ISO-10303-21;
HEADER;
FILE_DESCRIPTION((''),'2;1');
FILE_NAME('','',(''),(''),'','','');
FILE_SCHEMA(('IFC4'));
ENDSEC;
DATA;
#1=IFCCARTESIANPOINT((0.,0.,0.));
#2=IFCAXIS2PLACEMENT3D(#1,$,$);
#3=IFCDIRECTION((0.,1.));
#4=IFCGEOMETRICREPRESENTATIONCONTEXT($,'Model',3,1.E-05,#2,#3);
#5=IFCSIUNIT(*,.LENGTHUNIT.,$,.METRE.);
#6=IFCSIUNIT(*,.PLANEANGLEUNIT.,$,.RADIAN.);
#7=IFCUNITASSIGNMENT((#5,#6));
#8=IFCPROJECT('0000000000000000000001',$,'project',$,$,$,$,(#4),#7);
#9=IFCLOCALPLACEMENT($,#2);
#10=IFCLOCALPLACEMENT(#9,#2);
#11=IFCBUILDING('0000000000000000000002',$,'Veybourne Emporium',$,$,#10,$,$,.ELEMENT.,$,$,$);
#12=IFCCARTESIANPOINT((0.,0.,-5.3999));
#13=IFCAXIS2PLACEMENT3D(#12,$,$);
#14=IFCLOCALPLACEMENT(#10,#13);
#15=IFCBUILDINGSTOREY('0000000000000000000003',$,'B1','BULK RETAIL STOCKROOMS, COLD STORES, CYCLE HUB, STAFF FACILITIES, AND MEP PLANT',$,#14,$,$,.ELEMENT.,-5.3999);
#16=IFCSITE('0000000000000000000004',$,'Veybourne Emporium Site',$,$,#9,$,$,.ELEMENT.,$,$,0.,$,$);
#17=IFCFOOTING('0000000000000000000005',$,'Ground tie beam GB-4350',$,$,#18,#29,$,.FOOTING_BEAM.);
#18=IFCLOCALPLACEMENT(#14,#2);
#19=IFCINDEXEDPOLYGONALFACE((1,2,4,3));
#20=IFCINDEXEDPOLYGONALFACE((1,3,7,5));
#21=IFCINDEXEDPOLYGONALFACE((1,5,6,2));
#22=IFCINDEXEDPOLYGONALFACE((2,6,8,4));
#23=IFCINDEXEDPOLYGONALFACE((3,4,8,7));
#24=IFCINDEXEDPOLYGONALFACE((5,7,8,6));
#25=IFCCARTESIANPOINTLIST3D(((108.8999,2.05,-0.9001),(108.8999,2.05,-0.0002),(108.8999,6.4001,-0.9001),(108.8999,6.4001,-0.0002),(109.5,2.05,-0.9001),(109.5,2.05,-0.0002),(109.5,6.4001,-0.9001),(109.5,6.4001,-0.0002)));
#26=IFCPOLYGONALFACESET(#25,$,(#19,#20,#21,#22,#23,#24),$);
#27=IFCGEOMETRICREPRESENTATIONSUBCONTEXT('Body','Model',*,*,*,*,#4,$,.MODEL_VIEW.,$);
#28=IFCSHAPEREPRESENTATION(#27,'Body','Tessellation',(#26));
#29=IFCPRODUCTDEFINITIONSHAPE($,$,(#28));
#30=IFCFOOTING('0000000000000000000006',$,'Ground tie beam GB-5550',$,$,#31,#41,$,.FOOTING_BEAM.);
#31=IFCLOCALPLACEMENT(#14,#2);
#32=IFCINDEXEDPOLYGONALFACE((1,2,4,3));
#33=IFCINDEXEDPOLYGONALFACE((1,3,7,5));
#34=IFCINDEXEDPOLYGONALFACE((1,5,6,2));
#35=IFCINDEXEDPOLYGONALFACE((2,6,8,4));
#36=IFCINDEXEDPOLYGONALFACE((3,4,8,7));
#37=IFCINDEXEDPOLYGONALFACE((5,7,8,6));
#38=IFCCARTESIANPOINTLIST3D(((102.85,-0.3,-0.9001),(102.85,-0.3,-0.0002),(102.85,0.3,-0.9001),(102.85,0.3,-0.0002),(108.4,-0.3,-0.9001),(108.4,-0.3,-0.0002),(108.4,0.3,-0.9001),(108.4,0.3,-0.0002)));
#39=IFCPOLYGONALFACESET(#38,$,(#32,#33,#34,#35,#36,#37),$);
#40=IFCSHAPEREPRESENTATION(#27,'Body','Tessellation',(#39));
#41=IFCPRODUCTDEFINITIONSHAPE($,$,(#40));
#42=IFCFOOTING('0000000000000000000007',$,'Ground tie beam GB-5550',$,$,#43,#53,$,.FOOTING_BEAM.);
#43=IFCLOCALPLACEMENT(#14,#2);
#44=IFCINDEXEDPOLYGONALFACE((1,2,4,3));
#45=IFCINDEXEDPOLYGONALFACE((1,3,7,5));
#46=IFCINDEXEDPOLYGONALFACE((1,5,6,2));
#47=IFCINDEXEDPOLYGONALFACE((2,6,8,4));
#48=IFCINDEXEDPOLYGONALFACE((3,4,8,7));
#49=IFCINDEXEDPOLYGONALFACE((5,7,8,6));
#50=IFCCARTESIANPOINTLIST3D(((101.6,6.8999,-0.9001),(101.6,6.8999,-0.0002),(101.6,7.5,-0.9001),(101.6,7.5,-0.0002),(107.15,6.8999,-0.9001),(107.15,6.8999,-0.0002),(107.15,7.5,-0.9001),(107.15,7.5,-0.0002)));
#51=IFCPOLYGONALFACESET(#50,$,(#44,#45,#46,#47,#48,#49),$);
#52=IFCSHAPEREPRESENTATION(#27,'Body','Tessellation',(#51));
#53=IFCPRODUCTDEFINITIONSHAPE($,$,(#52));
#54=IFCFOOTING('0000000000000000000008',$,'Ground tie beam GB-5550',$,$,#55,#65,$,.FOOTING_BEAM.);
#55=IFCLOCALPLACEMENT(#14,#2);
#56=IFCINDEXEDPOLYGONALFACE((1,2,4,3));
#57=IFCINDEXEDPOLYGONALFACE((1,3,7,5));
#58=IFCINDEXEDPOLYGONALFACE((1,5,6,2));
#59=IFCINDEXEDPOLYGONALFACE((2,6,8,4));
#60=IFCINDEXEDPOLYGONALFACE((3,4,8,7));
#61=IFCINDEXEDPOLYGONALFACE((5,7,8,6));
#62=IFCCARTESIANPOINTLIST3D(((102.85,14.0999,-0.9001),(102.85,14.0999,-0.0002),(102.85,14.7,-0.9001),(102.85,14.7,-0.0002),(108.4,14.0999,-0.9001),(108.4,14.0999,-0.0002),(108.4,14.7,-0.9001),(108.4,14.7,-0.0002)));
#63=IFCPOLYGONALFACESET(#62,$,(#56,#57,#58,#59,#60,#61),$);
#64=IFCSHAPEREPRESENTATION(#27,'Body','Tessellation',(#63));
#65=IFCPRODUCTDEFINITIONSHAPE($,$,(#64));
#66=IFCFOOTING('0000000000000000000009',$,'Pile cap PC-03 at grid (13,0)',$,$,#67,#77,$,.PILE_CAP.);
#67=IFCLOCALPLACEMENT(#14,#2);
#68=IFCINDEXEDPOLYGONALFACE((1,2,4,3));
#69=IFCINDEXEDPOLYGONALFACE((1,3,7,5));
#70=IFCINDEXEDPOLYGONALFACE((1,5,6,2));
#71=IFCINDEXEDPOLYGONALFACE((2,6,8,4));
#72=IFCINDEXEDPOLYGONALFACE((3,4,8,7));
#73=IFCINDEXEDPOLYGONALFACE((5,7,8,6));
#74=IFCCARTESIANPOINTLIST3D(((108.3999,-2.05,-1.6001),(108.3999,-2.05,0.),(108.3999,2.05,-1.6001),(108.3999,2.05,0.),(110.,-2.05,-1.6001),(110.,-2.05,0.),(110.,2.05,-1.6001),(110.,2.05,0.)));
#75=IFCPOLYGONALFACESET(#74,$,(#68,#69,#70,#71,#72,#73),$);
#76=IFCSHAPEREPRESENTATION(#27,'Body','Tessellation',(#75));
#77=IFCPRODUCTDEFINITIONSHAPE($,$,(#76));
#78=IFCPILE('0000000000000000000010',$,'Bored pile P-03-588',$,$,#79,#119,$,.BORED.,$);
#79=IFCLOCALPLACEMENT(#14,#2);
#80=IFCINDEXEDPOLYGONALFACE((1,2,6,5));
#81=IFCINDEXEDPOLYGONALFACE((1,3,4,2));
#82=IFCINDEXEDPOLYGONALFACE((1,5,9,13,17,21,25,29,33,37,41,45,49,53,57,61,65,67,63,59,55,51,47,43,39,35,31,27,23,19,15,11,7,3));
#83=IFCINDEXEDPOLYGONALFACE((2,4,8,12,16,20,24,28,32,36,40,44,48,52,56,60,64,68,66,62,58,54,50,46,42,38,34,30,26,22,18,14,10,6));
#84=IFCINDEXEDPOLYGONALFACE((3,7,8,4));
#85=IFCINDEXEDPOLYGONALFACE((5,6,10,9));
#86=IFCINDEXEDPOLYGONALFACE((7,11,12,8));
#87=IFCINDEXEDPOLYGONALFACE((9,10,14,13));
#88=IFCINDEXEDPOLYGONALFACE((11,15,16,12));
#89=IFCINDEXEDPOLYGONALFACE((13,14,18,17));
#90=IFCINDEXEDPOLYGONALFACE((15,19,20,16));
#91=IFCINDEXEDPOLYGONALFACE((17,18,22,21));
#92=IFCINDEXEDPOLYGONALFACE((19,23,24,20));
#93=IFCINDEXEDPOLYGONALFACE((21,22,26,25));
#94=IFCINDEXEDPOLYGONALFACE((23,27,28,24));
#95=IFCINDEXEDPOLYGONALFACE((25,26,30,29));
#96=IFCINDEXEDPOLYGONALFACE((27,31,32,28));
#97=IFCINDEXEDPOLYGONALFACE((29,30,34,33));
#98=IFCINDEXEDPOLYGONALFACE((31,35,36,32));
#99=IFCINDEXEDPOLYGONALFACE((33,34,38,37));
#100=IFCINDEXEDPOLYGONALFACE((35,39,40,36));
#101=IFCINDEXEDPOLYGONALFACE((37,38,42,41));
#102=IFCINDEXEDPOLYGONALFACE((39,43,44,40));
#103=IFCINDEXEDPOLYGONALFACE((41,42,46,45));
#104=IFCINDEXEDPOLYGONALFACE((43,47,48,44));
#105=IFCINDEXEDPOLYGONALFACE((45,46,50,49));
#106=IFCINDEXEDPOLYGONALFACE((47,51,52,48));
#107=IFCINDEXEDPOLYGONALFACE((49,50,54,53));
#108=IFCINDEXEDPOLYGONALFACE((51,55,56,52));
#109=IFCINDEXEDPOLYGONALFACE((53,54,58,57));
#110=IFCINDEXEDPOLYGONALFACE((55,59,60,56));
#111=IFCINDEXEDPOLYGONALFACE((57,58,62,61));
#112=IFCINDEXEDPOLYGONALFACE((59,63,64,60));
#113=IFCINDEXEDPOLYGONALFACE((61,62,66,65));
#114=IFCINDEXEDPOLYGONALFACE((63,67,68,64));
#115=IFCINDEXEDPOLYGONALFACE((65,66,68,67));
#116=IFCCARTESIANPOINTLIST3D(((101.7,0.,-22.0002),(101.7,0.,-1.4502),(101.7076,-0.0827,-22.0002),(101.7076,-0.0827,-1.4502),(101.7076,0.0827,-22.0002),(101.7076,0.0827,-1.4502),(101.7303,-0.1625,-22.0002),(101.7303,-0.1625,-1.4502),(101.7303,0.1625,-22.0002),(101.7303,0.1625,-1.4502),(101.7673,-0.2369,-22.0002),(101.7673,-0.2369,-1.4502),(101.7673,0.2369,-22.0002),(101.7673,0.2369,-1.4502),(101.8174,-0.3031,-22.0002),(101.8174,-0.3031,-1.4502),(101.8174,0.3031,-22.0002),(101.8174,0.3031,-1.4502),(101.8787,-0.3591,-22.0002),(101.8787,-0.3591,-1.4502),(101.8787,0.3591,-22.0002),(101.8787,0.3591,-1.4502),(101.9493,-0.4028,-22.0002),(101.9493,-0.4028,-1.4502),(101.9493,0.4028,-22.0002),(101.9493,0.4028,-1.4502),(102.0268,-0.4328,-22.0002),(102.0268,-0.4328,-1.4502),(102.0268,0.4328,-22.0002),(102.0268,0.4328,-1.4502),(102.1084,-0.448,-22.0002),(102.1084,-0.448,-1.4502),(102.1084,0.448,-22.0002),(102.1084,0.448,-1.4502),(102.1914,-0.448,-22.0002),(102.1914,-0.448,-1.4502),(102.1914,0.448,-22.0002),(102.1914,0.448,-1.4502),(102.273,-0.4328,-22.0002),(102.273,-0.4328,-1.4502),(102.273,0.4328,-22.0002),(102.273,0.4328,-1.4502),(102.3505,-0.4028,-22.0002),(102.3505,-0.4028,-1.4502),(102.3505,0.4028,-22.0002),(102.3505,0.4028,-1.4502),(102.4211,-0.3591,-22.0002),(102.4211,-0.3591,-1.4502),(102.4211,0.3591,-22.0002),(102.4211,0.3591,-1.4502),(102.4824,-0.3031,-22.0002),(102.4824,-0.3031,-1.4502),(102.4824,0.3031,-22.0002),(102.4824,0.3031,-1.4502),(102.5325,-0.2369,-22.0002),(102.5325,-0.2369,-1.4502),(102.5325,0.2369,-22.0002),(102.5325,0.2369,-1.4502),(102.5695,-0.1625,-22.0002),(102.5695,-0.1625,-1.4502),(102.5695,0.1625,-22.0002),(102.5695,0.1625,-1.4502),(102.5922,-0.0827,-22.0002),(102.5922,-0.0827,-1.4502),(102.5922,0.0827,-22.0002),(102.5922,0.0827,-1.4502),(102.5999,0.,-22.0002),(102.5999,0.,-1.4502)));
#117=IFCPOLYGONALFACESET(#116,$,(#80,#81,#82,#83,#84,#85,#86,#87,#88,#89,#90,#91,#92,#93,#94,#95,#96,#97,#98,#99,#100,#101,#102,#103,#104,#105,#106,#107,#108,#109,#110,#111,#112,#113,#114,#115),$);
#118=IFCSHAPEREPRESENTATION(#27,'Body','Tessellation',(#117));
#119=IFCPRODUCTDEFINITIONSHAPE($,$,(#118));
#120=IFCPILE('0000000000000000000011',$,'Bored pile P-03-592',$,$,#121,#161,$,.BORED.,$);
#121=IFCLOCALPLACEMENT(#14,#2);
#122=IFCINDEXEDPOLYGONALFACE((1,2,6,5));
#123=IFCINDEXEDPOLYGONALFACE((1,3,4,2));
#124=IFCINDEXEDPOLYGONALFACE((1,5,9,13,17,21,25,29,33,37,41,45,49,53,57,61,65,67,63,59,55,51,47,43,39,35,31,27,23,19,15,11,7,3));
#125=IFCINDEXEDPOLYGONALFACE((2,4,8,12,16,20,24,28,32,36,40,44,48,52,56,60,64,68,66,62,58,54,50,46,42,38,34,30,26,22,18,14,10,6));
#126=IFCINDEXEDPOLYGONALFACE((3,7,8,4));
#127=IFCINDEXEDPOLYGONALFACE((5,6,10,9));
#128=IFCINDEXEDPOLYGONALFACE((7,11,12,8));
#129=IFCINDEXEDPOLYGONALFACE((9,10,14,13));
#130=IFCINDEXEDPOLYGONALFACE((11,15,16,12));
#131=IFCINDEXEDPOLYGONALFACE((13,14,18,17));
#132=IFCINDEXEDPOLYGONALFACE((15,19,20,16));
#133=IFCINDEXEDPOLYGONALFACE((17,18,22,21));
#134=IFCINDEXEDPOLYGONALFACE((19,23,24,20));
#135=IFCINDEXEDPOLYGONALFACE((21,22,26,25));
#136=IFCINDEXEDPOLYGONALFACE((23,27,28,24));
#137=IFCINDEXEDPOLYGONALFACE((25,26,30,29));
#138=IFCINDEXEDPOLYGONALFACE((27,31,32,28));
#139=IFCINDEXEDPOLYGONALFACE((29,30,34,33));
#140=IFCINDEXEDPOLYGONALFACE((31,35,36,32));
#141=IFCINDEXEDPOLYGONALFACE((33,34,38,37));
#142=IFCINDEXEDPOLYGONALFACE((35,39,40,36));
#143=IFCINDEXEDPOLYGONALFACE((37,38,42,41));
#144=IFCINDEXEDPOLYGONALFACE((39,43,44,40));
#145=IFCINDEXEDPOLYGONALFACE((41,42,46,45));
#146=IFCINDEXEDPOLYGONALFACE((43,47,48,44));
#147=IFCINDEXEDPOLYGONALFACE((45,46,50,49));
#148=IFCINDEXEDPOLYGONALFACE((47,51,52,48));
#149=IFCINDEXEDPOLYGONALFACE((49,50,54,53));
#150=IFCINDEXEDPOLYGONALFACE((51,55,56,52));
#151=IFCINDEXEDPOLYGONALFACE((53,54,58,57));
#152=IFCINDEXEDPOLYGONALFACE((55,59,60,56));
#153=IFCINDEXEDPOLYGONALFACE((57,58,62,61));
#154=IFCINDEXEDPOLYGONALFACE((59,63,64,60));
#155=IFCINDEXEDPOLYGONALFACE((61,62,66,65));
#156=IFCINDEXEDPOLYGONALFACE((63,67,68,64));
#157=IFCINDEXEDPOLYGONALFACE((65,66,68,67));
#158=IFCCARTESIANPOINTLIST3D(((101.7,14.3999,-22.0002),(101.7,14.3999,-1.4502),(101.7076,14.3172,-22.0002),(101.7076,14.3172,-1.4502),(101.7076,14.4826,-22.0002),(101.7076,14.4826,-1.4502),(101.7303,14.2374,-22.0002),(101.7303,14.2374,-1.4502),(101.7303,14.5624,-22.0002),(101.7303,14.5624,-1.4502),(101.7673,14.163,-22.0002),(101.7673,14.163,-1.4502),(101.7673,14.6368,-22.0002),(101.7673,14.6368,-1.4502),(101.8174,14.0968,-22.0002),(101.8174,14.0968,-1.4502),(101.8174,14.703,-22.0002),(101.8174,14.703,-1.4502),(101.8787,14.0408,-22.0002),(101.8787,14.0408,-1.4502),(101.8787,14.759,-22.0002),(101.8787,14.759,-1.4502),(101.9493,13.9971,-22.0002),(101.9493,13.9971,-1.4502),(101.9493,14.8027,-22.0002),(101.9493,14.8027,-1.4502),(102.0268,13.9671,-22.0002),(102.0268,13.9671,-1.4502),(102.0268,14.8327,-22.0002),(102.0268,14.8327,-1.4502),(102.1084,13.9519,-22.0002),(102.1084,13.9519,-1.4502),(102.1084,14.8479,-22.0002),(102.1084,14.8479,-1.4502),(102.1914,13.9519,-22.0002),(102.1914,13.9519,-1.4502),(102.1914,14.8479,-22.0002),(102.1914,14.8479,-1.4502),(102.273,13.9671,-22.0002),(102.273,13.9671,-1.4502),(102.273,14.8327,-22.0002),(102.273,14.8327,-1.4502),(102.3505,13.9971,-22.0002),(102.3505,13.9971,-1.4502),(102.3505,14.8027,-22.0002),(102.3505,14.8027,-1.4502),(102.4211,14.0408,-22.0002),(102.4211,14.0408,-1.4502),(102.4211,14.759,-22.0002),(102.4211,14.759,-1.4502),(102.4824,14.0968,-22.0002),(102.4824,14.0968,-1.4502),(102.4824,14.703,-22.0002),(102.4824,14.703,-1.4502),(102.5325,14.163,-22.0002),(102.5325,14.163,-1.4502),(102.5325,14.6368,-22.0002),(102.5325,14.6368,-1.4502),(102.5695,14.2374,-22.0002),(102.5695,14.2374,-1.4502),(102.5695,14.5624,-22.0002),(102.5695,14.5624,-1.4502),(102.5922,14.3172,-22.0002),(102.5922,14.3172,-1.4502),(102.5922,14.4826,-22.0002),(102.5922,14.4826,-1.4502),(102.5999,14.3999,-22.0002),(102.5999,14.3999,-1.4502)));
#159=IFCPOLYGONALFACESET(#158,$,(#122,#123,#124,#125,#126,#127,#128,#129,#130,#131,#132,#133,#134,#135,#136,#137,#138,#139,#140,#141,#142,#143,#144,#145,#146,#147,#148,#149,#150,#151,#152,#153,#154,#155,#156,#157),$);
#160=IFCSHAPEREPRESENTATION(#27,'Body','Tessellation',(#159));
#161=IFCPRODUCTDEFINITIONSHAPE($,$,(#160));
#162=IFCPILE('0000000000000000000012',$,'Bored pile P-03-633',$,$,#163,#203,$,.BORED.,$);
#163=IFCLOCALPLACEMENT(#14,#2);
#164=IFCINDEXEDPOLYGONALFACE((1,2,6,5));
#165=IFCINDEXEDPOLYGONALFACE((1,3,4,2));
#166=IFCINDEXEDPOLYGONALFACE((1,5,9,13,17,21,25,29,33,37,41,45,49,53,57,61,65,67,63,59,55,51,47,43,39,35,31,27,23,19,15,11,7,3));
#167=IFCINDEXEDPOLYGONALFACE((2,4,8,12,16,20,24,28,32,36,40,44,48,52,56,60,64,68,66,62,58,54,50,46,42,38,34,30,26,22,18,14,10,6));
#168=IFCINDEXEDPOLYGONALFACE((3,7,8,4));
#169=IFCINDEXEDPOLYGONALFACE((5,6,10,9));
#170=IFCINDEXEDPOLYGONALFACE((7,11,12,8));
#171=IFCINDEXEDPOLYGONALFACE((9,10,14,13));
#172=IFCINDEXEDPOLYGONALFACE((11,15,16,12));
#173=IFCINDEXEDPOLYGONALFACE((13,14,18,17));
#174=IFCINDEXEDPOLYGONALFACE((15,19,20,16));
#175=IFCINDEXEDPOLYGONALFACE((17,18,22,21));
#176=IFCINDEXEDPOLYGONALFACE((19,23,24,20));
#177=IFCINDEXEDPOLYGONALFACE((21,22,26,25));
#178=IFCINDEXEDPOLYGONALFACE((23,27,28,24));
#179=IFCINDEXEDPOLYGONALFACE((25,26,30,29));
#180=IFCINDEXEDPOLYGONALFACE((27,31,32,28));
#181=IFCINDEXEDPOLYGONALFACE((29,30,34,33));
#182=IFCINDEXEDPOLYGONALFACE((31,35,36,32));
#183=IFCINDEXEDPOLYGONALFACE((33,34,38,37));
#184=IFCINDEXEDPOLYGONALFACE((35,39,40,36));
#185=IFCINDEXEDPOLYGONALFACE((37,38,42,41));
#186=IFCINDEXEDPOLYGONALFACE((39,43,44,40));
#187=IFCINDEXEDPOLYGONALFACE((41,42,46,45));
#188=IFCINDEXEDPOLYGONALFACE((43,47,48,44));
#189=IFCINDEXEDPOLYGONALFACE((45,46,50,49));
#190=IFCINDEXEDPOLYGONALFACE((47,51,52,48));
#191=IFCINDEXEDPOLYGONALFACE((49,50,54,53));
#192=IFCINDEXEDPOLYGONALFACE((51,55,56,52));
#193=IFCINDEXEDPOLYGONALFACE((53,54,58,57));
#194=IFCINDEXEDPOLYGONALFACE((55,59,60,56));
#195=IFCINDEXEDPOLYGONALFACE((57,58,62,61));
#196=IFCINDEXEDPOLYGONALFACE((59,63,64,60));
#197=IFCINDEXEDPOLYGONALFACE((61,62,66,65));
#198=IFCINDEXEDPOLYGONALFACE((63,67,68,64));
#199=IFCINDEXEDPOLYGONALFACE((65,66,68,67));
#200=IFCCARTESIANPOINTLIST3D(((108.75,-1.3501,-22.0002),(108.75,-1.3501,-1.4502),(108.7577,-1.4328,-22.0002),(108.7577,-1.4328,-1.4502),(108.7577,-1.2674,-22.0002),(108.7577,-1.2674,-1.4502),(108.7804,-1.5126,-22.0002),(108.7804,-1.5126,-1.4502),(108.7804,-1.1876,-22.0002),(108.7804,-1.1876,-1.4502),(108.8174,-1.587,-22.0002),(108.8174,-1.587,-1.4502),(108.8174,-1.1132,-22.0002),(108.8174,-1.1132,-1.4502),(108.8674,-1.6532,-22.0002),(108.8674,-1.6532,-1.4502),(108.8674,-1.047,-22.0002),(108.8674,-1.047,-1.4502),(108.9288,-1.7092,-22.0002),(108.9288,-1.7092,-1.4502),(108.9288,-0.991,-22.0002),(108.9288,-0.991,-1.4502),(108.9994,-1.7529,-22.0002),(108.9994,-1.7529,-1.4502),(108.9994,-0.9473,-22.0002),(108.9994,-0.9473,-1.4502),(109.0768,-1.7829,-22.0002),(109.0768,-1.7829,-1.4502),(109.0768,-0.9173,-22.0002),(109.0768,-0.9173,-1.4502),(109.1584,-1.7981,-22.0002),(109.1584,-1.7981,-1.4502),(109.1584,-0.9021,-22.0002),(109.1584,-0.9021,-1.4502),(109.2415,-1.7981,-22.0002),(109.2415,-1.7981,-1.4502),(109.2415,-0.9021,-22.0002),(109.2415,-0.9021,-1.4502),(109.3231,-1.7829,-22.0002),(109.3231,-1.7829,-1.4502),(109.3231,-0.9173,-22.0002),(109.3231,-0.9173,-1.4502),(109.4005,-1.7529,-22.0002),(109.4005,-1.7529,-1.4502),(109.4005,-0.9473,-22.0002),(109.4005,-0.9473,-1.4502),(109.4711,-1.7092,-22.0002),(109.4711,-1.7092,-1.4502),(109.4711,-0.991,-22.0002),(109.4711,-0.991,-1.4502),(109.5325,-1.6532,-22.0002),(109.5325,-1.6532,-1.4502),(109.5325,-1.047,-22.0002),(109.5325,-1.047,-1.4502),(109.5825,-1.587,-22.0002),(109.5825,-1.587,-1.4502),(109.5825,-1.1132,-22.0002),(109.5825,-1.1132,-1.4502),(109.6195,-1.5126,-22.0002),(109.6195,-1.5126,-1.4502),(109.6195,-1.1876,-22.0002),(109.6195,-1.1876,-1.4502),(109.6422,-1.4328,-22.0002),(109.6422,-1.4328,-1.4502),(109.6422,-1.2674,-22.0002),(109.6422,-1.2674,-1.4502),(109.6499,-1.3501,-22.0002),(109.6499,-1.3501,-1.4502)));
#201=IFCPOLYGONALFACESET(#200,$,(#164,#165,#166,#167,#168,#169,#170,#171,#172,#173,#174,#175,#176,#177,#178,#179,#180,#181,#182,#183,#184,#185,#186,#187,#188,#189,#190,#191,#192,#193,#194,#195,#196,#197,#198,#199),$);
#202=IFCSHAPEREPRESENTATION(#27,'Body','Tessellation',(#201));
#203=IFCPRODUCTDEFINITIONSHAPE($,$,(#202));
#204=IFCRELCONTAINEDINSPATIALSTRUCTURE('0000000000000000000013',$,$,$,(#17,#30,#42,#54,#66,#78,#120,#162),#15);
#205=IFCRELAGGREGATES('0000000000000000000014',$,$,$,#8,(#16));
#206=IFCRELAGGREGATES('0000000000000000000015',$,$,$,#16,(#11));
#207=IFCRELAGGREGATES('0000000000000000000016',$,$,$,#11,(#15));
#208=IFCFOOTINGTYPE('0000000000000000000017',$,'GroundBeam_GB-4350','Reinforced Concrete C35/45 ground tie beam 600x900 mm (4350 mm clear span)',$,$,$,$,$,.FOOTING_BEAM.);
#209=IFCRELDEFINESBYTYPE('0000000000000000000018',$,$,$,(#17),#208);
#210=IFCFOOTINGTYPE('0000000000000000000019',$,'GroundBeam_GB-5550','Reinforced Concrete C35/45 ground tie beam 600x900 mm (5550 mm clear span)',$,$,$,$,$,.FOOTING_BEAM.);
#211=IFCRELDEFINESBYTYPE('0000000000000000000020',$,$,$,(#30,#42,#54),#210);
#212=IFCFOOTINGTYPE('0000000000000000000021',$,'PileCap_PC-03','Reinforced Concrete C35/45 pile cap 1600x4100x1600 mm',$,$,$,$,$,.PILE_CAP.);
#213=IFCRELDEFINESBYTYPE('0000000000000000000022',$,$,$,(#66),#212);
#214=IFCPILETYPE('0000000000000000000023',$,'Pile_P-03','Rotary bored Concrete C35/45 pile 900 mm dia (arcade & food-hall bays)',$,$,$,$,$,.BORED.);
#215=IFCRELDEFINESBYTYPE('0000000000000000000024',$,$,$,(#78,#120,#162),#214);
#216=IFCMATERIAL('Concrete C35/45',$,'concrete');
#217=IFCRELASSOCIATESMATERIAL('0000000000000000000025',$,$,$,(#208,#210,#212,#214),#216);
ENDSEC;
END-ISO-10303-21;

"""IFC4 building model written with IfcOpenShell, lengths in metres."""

from ifc_helpers import new_model, si_unit, direction, frame, origin, origin_2d, place, context, subcontext, project, spatial, rectangle, circle, extrude, material, material_profile, profile_set, type_object, element, save


model = new_model("IFC4")

# Units and contexts
model_context = context("Model", 3, precision=1e-05, world=origin(), true_north=direction((0.0, 1.0)))
body_context = subcontext(model_context, "Body", "Model", "MODEL_VIEW")
ifc_project = project(units=[si_unit("LENGTHUNIT", "METRE"), si_unit("PLANEANGLEUNIT", "RADIAN")], contexts=[model_context])

# Site, building, storey
site_placement = place(None, origin())
site = spatial("IfcSite", under=ifc_project, at=site_placement, Name="Veybourne Emporium Site", CompositionType="ELEMENT", RefElevation=0.0)
building_placement = place(site_placement, origin())
building = spatial("IfcBuilding", under=site, at=building_placement, Name="Veybourne Emporium", CompositionType="ELEMENT")
storey_placement = place(building_placement, frame((0.0, 0.0, -5.3999)))
storey = spatial("IfcBuildingStorey", under=building, at=storey_placement, Name="B1", Description="BULK RETAIL STOCKROOMS, COLD STORES, CYCLE HUB, STAFF FACILITIES, AND MEP PLANT", CompositionType="ELEMENT", Elevation=-5.3999)

# Footings
ifc_material_1 = material(Name="Concrete C35/45", Category="concrete")
footing_type_1 = type_object("IfcFootingType", Name="GroundBeam_GB-4350", Description="Reinforced Concrete C35/45 ground tie beam 600x900 mm (4350 mm clear span)", PredefinedType="FOOTING_BEAM", material=ifc_material_1)
footing_1_placement = place(storey_placement, frame((109.2, 4.2251, -0.9001), z_axis=(0.0, 0.0, 1.0), x_axis=(0.0, 1.0, 0.0)))
element("IfcFooting", 1, at=footing_1_placement, inside=storey, type_object=footing_type_1, Name="Ground tie beam GB-4350", PredefinedType="FOOTING_BEAM", context=body_context, shape_type="SweptSolid", body=[
    extrude(rectangle(XDim=4.3501, YDim=0.6001, at=origin_2d()), origin(), (0.0, 0.0, 1.0), 0.8999),
])
footing_type_2 = type_object("IfcFootingType", Name="GroundBeam_GB-5550", Description="Reinforced Concrete C35/45 ground tie beam 600x900 mm (5550 mm clear span)", PredefinedType="FOOTING_BEAM", material=ifc_material_1)
for number, where, z_axis, x_axis, name in (
    (2, (105.625, 0.0, -0.9001), (0.0, 0.0, 1.0), (1.0, 0.0, 0.0), "Ground tie beam GB-5550"),
    (3, (104.375, 7.2, -0.9001), (0.0, 0.0, 1.0), (1.0, 0.0, 0.0), "Ground tie beam GB-5550"),
    (4, (105.625, 14.3999, -0.9001), (0.0, 0.0, 1.0), (1.0, 0.0, 0.0), "Ground tie beam GB-5550"),
):
    element("IfcFooting", number, at=place(storey_placement, frame(where, z_axis=z_axis, x_axis=x_axis)), inside=storey, type_object=footing_type_2, Name=name, PredefinedType="FOOTING_BEAM", context=body_context, shape_type="SweptSolid", body=[
        extrude(rectangle(XDim=5.55, YDim=0.6001, at=origin_2d()), origin(), (0.0, 0.0, 1.0), 0.8999),
    ])
footing_type_3 = type_object("IfcFootingType", Name="PileCap_PC-03", Description="Reinforced Concrete C35/45 pile cap 1600x4100x1600 mm", PredefinedType="PILE_CAP", material=ifc_material_1)
footing_2_placement = place(storey_placement, frame((109.2, 0.0, -1.6001), z_axis=(0.0, 0.0, 1.0), x_axis=(1.0, 0.0, 0.0)))
element("IfcFooting", 5, at=footing_2_placement, inside=storey, type_object=footing_type_3, Name="Pile cap PC-03 at grid (13,0)", PredefinedType="PILE_CAP", context=body_context, shape_type="SweptSolid", body=[
    extrude(rectangle(XDim=1.6001, YDim=4.1001, at=origin_2d()), origin(), (0.0, 0.0, 1.0), 1.6001),
])

# Piles
ifc_material_profile_1 = material_profile(ifc_material_1, circle(Radius=0.45, at=origin_2d()), Name="BORED PILE 900")
ifc_profile_set_1 = profile_set([ifc_material_profile_1], Name="Concrete C35/45")
pile_type = type_object("IfcPileType", Name="Pile_P-03", Description="Rotary bored Concrete C35/45 pile 900 mm dia (arcade & food-hall bays)", PredefinedType="BORED", material=ifc_profile_set_1)
for number, where, z_axis, x_axis, name in (
    (6, (102.1499, 0.0, -1.4502), (0.0, 0.0, -1.0), (1.0, 0.0, 0.0), "Bored pile P-03-588"),
    (7, (102.1499, 14.3999, -1.4502), (0.0, 0.0, -1.0), (1.0, 0.0, 0.0), "Bored pile P-03-592"),
    (8, (109.2, -1.3501, -1.4502), (0.0, 0.0, -1.0), (1.0, 0.0, 0.0), "Bored pile P-03-633"),
):
    element("IfcPile", number, at=place(storey_placement, frame(where, z_axis=z_axis, x_axis=x_axis)), inside=storey, type_object=pile_type, Name=name, PredefinedType="BORED", context=body_context, shape_type="SweptSolid", body=[
        extrude(circle(Radius=0.45, at=origin_2d()), origin(), (0.0, 0.0, 1.0), 20.55),
    ])

save(model, "model.ifc")
